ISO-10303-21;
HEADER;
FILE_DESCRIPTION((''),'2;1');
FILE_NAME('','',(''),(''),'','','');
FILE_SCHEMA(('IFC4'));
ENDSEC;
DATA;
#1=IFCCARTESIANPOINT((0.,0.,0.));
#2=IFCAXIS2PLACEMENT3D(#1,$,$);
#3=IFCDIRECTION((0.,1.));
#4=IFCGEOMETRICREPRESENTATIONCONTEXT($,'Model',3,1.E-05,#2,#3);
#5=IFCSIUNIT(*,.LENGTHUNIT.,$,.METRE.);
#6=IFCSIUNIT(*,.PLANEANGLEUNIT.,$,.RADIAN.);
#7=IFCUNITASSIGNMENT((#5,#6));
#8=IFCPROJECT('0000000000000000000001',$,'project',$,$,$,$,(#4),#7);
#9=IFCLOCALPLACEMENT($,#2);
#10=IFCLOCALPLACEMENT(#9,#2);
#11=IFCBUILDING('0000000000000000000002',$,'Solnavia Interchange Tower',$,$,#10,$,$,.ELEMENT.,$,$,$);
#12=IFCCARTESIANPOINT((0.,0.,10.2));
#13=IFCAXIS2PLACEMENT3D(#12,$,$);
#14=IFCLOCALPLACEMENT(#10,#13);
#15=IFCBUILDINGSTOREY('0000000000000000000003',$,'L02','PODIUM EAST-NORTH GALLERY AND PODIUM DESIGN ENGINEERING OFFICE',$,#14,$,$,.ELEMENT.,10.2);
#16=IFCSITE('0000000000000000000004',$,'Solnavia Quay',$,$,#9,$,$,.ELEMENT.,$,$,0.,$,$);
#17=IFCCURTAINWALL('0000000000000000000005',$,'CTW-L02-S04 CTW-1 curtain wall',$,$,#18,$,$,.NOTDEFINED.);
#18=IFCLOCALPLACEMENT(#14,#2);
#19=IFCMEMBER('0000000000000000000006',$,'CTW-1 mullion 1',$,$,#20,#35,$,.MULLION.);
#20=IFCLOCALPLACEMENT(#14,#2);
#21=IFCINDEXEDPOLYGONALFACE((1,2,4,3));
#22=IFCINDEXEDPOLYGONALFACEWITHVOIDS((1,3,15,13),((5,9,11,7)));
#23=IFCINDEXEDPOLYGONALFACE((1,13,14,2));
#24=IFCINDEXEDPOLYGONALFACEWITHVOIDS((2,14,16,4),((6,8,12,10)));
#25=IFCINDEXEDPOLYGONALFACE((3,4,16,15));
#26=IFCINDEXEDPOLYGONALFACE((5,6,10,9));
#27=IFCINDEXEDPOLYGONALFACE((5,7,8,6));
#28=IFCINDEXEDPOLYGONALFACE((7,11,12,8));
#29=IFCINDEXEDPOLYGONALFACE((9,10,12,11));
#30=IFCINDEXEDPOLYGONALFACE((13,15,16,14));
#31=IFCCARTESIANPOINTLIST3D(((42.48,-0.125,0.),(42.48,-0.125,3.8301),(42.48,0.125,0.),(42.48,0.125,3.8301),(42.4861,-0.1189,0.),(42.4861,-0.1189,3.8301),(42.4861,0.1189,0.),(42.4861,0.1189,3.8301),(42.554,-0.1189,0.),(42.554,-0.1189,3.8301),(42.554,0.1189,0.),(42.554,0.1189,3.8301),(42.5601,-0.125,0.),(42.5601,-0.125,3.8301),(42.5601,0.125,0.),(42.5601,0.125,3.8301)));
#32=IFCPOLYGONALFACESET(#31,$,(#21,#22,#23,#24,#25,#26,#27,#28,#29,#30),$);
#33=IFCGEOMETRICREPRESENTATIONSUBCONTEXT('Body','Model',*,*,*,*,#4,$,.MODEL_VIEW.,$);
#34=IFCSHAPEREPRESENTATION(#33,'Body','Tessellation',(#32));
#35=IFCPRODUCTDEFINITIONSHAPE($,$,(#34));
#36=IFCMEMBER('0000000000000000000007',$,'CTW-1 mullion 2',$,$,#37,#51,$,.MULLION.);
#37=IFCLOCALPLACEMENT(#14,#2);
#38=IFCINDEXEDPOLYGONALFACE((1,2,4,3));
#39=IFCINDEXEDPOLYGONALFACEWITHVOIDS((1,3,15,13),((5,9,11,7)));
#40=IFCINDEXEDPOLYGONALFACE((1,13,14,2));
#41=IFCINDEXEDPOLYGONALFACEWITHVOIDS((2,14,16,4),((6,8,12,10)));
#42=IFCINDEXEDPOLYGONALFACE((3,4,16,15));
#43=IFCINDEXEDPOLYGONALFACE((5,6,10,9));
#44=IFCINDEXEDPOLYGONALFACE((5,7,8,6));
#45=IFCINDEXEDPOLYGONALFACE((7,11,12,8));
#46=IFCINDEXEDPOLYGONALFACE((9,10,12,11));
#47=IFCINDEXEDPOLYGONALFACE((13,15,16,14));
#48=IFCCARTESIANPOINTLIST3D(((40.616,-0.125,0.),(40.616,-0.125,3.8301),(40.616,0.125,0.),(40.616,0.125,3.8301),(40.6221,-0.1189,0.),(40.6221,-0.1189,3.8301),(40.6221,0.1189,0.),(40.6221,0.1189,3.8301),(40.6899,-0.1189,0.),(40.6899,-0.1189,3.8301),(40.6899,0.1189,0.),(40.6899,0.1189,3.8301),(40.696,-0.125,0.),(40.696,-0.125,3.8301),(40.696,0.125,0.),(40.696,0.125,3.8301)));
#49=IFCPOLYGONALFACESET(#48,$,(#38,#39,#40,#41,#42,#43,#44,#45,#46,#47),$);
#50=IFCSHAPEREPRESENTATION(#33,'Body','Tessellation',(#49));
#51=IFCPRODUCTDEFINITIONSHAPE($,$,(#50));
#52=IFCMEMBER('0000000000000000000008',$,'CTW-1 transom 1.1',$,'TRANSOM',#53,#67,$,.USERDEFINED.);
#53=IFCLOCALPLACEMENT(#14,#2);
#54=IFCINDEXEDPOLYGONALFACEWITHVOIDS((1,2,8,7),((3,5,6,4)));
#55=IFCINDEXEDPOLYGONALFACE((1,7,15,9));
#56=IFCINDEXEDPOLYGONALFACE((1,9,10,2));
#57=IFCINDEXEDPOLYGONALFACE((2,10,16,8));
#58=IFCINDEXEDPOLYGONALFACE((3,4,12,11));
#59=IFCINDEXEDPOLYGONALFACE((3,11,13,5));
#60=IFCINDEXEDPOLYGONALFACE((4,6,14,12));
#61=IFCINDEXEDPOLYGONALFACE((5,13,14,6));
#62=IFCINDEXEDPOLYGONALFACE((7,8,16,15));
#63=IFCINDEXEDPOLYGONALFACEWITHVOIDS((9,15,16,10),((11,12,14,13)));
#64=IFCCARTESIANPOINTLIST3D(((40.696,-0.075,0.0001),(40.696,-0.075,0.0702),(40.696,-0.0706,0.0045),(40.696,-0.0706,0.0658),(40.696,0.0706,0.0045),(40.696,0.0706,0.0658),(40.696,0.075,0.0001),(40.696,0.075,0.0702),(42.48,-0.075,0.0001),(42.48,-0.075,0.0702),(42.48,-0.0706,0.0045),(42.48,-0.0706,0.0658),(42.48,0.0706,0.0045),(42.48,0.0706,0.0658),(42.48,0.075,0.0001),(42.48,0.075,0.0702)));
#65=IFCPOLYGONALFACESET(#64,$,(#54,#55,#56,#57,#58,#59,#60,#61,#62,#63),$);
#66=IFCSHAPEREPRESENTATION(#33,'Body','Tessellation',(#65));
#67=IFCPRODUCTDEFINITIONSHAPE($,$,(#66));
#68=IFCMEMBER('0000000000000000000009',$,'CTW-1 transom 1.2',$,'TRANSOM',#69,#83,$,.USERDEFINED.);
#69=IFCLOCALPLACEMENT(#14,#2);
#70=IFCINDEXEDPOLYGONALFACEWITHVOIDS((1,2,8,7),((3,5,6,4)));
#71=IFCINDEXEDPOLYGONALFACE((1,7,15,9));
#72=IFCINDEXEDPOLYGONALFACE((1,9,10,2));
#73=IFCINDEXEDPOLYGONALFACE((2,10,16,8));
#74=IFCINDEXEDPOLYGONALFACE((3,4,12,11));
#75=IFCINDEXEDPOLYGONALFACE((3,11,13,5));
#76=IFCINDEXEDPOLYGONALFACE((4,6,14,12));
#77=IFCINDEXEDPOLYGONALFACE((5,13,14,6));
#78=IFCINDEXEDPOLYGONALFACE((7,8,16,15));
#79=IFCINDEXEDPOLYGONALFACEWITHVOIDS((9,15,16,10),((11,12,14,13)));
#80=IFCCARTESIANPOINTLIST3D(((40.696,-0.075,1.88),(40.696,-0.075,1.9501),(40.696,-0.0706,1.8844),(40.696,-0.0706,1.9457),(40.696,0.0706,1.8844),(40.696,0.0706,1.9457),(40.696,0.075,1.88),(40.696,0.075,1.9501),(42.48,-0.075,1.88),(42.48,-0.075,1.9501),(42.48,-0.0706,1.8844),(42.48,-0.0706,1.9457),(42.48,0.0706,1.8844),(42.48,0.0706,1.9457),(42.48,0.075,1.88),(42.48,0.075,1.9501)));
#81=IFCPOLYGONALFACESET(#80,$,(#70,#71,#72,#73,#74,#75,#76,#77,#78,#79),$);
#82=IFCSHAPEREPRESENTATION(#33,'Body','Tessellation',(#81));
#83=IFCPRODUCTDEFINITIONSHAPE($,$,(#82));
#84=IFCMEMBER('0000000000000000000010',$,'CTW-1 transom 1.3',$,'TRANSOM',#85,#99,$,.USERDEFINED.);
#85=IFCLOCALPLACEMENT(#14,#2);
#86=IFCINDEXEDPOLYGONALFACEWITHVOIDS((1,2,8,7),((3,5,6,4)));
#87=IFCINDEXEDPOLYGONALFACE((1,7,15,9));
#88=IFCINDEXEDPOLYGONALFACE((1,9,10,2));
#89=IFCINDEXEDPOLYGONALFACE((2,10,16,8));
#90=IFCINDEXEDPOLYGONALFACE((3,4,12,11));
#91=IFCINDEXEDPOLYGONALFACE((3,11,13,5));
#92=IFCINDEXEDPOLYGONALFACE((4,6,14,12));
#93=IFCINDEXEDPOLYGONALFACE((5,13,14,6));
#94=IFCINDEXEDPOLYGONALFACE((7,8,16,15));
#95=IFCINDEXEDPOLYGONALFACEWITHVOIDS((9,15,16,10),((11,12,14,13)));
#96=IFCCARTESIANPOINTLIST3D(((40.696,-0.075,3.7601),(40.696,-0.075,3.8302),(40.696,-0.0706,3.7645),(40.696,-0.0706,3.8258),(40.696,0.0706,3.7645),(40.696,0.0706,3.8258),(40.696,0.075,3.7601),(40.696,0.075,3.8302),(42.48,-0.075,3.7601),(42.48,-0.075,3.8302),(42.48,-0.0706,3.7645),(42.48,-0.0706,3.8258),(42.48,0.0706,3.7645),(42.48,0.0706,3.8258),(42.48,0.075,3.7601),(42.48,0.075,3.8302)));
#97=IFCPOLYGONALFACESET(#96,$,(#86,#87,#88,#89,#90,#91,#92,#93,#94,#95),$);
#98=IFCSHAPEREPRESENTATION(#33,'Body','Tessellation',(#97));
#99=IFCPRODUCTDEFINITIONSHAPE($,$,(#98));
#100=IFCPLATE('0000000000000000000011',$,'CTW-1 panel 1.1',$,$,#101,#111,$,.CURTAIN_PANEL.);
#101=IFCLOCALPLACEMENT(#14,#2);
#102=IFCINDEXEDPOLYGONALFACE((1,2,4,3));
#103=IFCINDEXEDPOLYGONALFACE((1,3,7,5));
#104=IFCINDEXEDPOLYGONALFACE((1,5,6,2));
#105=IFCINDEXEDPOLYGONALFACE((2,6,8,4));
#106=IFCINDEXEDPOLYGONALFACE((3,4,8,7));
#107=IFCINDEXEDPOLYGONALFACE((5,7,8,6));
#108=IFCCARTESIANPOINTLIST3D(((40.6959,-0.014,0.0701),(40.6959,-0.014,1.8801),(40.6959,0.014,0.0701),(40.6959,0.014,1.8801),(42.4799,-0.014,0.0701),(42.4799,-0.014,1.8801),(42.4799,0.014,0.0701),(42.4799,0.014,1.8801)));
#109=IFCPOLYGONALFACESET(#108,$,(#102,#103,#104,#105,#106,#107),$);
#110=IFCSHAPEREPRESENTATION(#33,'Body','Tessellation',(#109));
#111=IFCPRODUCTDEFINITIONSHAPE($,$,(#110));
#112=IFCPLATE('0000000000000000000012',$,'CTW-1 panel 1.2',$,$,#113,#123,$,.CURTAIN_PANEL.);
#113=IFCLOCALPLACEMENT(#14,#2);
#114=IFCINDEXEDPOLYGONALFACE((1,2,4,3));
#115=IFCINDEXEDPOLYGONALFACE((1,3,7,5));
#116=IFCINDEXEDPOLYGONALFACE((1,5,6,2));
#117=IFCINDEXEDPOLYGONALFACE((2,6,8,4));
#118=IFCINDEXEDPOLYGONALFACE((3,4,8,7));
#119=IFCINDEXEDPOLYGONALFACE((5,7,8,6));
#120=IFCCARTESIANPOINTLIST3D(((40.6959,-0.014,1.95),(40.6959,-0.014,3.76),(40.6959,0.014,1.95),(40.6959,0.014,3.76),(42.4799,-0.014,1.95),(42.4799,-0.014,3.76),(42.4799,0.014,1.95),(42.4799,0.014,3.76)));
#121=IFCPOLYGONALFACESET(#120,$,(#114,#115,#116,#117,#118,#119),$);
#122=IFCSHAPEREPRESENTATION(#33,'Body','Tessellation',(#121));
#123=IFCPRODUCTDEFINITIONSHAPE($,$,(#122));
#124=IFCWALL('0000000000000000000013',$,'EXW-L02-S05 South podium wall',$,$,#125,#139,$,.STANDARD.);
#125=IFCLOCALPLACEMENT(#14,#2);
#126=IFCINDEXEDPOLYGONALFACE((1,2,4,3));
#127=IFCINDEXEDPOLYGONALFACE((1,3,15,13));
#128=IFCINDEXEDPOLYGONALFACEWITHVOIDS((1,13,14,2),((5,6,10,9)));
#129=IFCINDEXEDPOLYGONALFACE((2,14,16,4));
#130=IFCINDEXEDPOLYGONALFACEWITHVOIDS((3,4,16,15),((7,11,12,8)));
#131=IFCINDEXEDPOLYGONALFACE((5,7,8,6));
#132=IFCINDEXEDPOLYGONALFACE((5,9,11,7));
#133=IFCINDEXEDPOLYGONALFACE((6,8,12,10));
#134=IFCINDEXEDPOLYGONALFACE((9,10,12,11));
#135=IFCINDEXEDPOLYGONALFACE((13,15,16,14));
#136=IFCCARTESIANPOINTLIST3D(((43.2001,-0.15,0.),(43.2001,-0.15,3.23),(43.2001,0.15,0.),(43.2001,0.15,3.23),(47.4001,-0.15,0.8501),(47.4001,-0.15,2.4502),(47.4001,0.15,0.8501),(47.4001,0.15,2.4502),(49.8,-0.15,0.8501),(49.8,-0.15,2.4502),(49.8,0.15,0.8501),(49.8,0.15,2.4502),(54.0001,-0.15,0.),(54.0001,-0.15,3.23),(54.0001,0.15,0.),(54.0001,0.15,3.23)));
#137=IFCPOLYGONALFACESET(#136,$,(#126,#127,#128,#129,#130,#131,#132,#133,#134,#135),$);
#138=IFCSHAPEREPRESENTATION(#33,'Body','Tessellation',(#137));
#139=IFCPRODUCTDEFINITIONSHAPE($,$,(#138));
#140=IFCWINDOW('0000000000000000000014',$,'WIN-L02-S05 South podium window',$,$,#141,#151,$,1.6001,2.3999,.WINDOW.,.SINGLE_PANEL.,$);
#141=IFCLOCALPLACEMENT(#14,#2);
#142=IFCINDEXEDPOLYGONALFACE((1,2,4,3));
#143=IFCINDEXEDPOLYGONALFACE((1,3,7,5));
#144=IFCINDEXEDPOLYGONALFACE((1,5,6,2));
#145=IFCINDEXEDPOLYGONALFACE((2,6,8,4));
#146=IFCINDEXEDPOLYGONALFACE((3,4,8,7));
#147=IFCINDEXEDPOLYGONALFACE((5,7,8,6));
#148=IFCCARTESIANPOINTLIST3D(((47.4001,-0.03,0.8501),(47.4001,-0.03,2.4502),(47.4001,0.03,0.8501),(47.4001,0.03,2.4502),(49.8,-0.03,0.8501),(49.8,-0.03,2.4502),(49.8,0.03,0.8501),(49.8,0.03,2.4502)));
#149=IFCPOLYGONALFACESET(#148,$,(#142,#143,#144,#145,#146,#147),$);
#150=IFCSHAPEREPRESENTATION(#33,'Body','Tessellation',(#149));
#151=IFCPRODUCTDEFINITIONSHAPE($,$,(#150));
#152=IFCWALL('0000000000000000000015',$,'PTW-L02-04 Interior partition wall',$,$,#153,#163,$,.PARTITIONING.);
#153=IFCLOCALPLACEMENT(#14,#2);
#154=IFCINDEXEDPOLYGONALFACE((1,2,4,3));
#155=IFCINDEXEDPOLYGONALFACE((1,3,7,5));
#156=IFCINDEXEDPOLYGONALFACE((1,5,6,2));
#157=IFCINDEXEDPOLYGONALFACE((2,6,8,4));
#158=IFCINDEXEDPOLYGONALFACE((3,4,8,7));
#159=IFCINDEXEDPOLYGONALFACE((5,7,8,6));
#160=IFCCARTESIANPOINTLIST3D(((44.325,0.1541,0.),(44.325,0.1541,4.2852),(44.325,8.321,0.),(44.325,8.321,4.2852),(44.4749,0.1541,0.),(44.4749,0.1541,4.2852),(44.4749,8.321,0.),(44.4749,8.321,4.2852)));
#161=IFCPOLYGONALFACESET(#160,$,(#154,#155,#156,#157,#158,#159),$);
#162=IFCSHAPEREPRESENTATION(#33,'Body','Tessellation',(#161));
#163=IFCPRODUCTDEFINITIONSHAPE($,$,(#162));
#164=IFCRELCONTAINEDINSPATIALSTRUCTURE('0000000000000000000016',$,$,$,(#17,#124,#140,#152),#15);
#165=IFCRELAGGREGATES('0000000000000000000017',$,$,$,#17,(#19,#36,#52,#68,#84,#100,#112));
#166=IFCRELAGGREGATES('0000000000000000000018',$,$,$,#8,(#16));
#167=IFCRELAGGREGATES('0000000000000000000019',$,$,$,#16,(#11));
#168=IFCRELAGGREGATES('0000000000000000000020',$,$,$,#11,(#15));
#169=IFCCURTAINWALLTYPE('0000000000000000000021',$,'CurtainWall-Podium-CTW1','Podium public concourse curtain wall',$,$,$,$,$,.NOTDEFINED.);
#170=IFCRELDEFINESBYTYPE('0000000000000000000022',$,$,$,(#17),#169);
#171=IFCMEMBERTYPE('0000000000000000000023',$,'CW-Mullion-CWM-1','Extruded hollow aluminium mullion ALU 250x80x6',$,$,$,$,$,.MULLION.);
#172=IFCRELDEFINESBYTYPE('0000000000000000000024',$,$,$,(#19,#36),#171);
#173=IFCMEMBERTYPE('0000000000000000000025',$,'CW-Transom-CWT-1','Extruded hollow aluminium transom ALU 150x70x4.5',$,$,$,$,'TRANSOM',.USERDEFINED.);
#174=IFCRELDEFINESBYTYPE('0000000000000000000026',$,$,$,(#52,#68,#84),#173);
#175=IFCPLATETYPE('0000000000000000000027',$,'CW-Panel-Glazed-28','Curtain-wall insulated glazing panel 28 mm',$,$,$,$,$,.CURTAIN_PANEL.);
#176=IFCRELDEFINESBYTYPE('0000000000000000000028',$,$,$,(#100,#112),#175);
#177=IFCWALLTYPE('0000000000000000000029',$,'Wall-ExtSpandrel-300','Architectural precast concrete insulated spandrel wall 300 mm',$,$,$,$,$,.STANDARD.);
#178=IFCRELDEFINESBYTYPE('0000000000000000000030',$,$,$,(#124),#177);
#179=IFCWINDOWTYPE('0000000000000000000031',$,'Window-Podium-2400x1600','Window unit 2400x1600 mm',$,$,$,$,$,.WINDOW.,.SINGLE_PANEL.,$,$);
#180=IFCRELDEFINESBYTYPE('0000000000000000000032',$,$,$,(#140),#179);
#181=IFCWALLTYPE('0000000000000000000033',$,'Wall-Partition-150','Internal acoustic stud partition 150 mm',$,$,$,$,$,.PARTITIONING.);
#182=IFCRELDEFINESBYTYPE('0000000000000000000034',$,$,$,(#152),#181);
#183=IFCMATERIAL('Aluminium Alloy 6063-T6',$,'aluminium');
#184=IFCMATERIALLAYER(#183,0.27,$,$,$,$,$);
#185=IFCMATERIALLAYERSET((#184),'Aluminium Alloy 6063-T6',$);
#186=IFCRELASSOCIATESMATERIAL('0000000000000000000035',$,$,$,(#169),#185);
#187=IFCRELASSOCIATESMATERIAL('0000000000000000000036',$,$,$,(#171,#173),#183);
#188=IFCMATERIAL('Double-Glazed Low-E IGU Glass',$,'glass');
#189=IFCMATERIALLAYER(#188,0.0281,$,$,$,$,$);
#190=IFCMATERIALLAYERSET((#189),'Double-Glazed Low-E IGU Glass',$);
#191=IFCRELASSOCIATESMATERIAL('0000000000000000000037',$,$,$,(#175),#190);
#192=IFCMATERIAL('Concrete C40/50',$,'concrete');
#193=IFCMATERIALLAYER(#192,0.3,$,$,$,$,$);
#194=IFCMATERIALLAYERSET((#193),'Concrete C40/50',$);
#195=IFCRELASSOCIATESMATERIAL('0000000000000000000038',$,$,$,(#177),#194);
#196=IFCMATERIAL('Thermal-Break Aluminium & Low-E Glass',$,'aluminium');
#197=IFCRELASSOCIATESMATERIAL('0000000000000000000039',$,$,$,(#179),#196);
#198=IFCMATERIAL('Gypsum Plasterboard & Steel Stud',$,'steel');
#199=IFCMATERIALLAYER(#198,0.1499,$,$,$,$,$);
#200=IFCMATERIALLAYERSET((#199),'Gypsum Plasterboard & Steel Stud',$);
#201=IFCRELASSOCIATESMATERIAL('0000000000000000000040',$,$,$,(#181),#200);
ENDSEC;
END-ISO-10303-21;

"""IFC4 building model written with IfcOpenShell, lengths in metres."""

from ifc_helpers import new_model, si_unit, direction, frame, frame_2d, origin, origin_2d, place, context, subcontext, project, spatial, rectangle, hollow_rectangle, extrude, material, layer, layer_set, material_profile, profile_set, type_object, element, fill, aggregate, save


model = new_model("IFC4")

# Units and contexts
model_context = context("Model", 3, precision=1e-05, world=origin(), true_north=direction((0.0, 1.0)))
body_context = subcontext(model_context, "Body", "Model", "MODEL_VIEW")
ifc_project = project(units=[si_unit("LENGTHUNIT", "METRE"), si_unit("PLANEANGLEUNIT", "RADIAN")], contexts=[model_context])

# Site, building, storey
site_placement = place(None, origin())
site = spatial("IfcSite", under=ifc_project, at=site_placement, Name="Solnavia Quay", CompositionType="ELEMENT", RefElevation=0.0)
building_placement = place(site_placement, origin())
building = spatial("IfcBuilding", under=site, at=building_placement, Name="Solnavia Interchange Tower", CompositionType="ELEMENT")
storey_placement = place(building_placement, frame((0.0, 0.0, 10.2)))
storey = spatial("IfcBuildingStorey", under=building, at=storey_placement, Name="L02", Description="PODIUM EAST-NORTH GALLERY AND PODIUM DESIGN ENGINEERING OFFICE", CompositionType="ELEMENT", Elevation=10.2)

# Curtain wall, members, plates
ifc_material_1 = material(Name="Aluminium Alloy 6063-T6", Category="aluminium")
ifc_layer_1 = layer(ifc_material_1, 0.27)
ifc_layer_set_1 = layer_set([ifc_layer_1], Name="Aluminium Alloy 6063-T6")
curtain_wall_type = type_object("IfcCurtainWallType", Name="CurtainWall-Podium-CTW1", Description="Podium public concourse curtain wall", PredefinedType="NOTDEFINED", material=ifc_layer_set_1)
curtain_wall_placement = place(storey_placement, origin())
curtain_wall = element("IfcCurtainWall", 1, at=curtain_wall_placement, inside=storey, type_object=curtain_wall_type, Name="CTW-L02-S04 CTW-1 curtain wall", PredefinedType="NOTDEFINED")
ifc_material_profile_1 = material_profile(ifc_material_1, hollow_rectangle(XDim=0.0801, YDim=0.25, WallThickness=0.0061, at=origin_2d()), Name="ALU 250x80x6")
ifc_profile_set_1 = profile_set([ifc_material_profile_1], Name="Aluminium Alloy 6063-T6")
member_type_1 = type_object("IfcMemberType", Name="CW-Mullion-CWM-1", Description="Extruded hollow aluminium mullion ALU 250x80x6", PredefinedType="MULLION", material=ifc_profile_set_1)
member_1_placement = place(storey_placement, frame((42.52, 0.0, 0.0), z_axis=(0.0, 0.0, 1.0), x_axis=(-1.0, 0.0, 0.0)))
member_1 = element("IfcMember", 2, at=member_1_placement, type_object=member_type_1, Name="CTW-1 mullion 1", PredefinedType="MULLION", context=body_context, shape_type="SweptSolid", body=[
    extrude(hollow_rectangle(XDim=0.0801, YDim=0.25, WallThickness=0.0061, at=origin_2d()), origin(), (0.0, 0.0, 1.0), 3.8301),
])
member_2_placement = place(storey_placement, frame((40.656, 0.0, 0.0), z_axis=(0.0, 0.0, 1.0), x_axis=(-1.0, 0.0, 0.0)))
member_2 = element("IfcMember", 3, at=member_2_placement, type_object=member_type_1, Name="CTW-1 mullion 2", PredefinedType="MULLION", context=body_context, shape_type="SweptSolid", body=[
    extrude(hollow_rectangle(XDim=0.0801, YDim=0.25, WallThickness=0.0061, at=origin_2d()), origin(), (0.0, 0.0, 1.0), 3.8301),
])
ifc_material_profile_2 = material_profile(ifc_material_1, hollow_rectangle(XDim=0.0701, YDim=0.1499, WallThickness=0.0044, at=origin_2d()), Name="ALU 150x70x4.5")
ifc_profile_set_2 = profile_set([ifc_material_profile_2], Name="Aluminium Alloy 6063-T6")
member_type_2 = type_object("IfcMemberType", Name="CW-Transom-CWT-1", Description="Extruded hollow aluminium transom ALU 150x70x4.5", ElementType="TRANSOM", PredefinedType="USERDEFINED", material=ifc_profile_set_2)
member_3_placement = place(storey_placement, frame((42.48, 0.0, 0.0352), z_axis=(-1.0, 0.0, 0.0), x_axis=(0.0, 0.0, 1.0)))
member_3 = element("IfcMember", 4, at=member_3_placement, type_object=member_type_2, Name="CTW-1 transom 1.1", ObjectType="TRANSOM", PredefinedType="USERDEFINED", context=body_context, shape_type="SweptSolid", body=[
    extrude(hollow_rectangle(XDim=0.0701, YDim=0.1499, WallThickness=0.0044, at=origin_2d()), origin(), (0.0, 0.0, 1.0), 1.7839),
])
member_4_placement = place(storey_placement, frame((42.48, 0.0, 1.915), z_axis=(-1.0, 0.0, 0.0), x_axis=(0.0, 0.0, 1.0)))
member_4 = element("IfcMember", 5, at=member_4_placement, type_object=member_type_2, Name="CTW-1 transom 1.2", ObjectType="TRANSOM", PredefinedType="USERDEFINED", context=body_context, shape_type="SweptSolid", body=[
    extrude(hollow_rectangle(XDim=0.0701, YDim=0.1499, WallThickness=0.0044, at=origin_2d()), origin(), (0.0, 0.0, 1.0), 1.7839),
])
member_5_placement = place(storey_placement, frame((42.48, 0.0, 3.7952), z_axis=(-1.0, 0.0, 0.0), x_axis=(0.0, 0.0, 1.0)))
member_5 = element("IfcMember", 6, at=member_5_placement, type_object=member_type_2, Name="CTW-1 transom 1.3", ObjectType="TRANSOM", PredefinedType="USERDEFINED", context=body_context, shape_type="SweptSolid", body=[
    extrude(hollow_rectangle(XDim=0.0701, YDim=0.1499, WallThickness=0.0044, at=origin_2d()), origin(), (0.0, 0.0, 1.0), 1.7839),
])
ifc_material_2 = material(Name="Double-Glazed Low-E IGU Glass", Category="glass")
ifc_layer_2 = layer(ifc_material_2, 0.0281)
ifc_layer_set_2 = layer_set([ifc_layer_2], Name="Double-Glazed Low-E IGU Glass")
plate_type = type_object("IfcPlateType", Name="CW-Panel-Glazed-28", Description="Curtain-wall insulated glazing panel 28 mm", PredefinedType="CURTAIN_PANEL", material=ifc_layer_set_2)
plate_1_placement = place(storey_placement, frame((41.5879, 0.0, 0.0701), z_axis=(0.0, 0.0, 1.0), x_axis=(-1.0, 0.0, 0.0)))
plate_1 = element("IfcPlate", 7, at=plate_1_placement, type_object=plate_type, Name="CTW-1 panel 1.1", PredefinedType="CURTAIN_PANEL", context=body_context, shape_type="SweptSolid", body=[
    extrude(rectangle(XDim=1.7839, YDim=0.0281, at=origin_2d()), origin(), (0.0, 0.0, 1.0), 1.8101),
])
plate_2_placement = place(storey_placement, frame((41.5879, 0.0, 1.95), z_axis=(0.0, 0.0, 1.0), x_axis=(-1.0, 0.0, 0.0)))
plate_2 = element("IfcPlate", 8, at=plate_2_placement, type_object=plate_type, Name="CTW-1 panel 1.2", PredefinedType="CURTAIN_PANEL", context=body_context, shape_type="SweptSolid", body=[
    extrude(rectangle(XDim=1.7839, YDim=0.0281, at=origin_2d()), origin(), (0.0, 0.0, 1.0), 1.8101),
])
aggregate(curtain_wall, [member_1, member_2, member_3, member_4, member_5, plate_1, plate_2])

# Wall, opening, window
ifc_material_3 = material(Name="Concrete C40/50", Category="concrete")
ifc_layer_3 = layer(ifc_material_3, 0.3)
ifc_layer_set_3 = layer_set([ifc_layer_3], Name="Concrete C40/50")
wall_type_1 = type_object("IfcWallType", Name="Wall-ExtSpandrel-300", Description="Architectural precast concrete insulated spandrel wall 300 mm", PredefinedType="STANDARD", material=ifc_layer_set_3)
wall_1_placement = place(storey_placement, frame((54.0, 0.0, 0.0), z_axis=(0.0, 0.0, 1.0), x_axis=(-1.0, 0.0, 0.0)))
wall_1 = element("IfcWall", 9, at=wall_1_placement, inside=storey, type_object=wall_type_1, Name="EXW-L02-S05 South podium wall", PredefinedType="STANDARD", context=body_context, shape_type="SweptSolid", body=[
    extrude(rectangle(XDim=10.8, YDim=0.3, at=frame_2d((5.3999, 0.0))), origin(), (0.0, 0.0, 1.0), 3.23),
])
opening_1_placement = place(wall_1_placement, frame((4.2, 0.0, 0.8501)))
opening_1 = element("IfcOpeningElement", 10, at=opening_1_placement, cuts=wall_1, PredefinedType="OPENING", context=body_context, shape_type="SweptSolid", body=[
    extrude(rectangle(XDim=2.3999, YDim=1.6001, at=frame_2d((1.2, 0.8))), frame((0.0, 0.1602, 0.0), z_axis=(0.0, -1.0, 0.0), x_axis=(1.0, 0.0, 0.0)), (0.0, 0.0, 1.0), 0.3201),
])
ifc_material_4 = material(Name="Thermal-Break Aluminium & Low-E Glass", Category="aluminium")
window_type = type_object("IfcWindowType", Name="Window-Podium-2400x1600", Description="Window unit 2400x1600 mm", PartitioningType="SINGLE_PANEL", PredefinedType="WINDOW", material=ifc_material_4)
window_placement = place(opening_1_placement, origin())
window = element("IfcWindow", 11, at=window_placement, inside=storey, type_object=window_type, Name="WIN-L02-S05 South podium window", OverallHeight=1.6001, OverallWidth=2.3999, PartitioningType="SINGLE_PANEL", PredefinedType="WINDOW", context=body_context, shape_type="SweptSolid", body=[
    extrude(rectangle(XDim=2.3999, YDim=1.6001, at=frame_2d((1.2, 0.8))), frame((0.0, 0.03, 0.0), z_axis=(0.0, -1.0, 0.0), x_axis=(1.0, 0.0, 0.0)), (0.0, 0.0, 1.0), 0.0601),
])
fill(opening_1, window)

# Wall
ifc_material_5 = material(Name="Gypsum Plasterboard & Steel Stud", Category="steel")
ifc_layer_4 = layer(ifc_material_5, 0.1499)
ifc_layer_set_4 = layer_set([ifc_layer_4], Name="Gypsum Plasterboard & Steel Stud")
wall_type_2 = type_object("IfcWallType", Name="Wall-Partition-150", Description="Internal acoustic stud partition 150 mm", PredefinedType="PARTITIONING", material=ifc_layer_set_4)
wall_2_placement = place(storey_placement, frame((44.3999, 0.1541, 0.0), z_axis=(0.0, 0.0, 1.0), x_axis=(0.0, 1.0, 0.0)))
element("IfcWall", 12, at=wall_2_placement, inside=storey, type_object=wall_type_2, Name="PTW-L02-04 Interior partition wall", PredefinedType="PARTITIONING", context=body_context, shape_type="SweptSolid", body=[
    extrude(rectangle(XDim=8.167, YDim=0.1499, at=frame_2d((4.0835, 0.0))), origin(), (0.0, 0.0, 1.0), 4.2852),
])

save(model, "model.ifc")
